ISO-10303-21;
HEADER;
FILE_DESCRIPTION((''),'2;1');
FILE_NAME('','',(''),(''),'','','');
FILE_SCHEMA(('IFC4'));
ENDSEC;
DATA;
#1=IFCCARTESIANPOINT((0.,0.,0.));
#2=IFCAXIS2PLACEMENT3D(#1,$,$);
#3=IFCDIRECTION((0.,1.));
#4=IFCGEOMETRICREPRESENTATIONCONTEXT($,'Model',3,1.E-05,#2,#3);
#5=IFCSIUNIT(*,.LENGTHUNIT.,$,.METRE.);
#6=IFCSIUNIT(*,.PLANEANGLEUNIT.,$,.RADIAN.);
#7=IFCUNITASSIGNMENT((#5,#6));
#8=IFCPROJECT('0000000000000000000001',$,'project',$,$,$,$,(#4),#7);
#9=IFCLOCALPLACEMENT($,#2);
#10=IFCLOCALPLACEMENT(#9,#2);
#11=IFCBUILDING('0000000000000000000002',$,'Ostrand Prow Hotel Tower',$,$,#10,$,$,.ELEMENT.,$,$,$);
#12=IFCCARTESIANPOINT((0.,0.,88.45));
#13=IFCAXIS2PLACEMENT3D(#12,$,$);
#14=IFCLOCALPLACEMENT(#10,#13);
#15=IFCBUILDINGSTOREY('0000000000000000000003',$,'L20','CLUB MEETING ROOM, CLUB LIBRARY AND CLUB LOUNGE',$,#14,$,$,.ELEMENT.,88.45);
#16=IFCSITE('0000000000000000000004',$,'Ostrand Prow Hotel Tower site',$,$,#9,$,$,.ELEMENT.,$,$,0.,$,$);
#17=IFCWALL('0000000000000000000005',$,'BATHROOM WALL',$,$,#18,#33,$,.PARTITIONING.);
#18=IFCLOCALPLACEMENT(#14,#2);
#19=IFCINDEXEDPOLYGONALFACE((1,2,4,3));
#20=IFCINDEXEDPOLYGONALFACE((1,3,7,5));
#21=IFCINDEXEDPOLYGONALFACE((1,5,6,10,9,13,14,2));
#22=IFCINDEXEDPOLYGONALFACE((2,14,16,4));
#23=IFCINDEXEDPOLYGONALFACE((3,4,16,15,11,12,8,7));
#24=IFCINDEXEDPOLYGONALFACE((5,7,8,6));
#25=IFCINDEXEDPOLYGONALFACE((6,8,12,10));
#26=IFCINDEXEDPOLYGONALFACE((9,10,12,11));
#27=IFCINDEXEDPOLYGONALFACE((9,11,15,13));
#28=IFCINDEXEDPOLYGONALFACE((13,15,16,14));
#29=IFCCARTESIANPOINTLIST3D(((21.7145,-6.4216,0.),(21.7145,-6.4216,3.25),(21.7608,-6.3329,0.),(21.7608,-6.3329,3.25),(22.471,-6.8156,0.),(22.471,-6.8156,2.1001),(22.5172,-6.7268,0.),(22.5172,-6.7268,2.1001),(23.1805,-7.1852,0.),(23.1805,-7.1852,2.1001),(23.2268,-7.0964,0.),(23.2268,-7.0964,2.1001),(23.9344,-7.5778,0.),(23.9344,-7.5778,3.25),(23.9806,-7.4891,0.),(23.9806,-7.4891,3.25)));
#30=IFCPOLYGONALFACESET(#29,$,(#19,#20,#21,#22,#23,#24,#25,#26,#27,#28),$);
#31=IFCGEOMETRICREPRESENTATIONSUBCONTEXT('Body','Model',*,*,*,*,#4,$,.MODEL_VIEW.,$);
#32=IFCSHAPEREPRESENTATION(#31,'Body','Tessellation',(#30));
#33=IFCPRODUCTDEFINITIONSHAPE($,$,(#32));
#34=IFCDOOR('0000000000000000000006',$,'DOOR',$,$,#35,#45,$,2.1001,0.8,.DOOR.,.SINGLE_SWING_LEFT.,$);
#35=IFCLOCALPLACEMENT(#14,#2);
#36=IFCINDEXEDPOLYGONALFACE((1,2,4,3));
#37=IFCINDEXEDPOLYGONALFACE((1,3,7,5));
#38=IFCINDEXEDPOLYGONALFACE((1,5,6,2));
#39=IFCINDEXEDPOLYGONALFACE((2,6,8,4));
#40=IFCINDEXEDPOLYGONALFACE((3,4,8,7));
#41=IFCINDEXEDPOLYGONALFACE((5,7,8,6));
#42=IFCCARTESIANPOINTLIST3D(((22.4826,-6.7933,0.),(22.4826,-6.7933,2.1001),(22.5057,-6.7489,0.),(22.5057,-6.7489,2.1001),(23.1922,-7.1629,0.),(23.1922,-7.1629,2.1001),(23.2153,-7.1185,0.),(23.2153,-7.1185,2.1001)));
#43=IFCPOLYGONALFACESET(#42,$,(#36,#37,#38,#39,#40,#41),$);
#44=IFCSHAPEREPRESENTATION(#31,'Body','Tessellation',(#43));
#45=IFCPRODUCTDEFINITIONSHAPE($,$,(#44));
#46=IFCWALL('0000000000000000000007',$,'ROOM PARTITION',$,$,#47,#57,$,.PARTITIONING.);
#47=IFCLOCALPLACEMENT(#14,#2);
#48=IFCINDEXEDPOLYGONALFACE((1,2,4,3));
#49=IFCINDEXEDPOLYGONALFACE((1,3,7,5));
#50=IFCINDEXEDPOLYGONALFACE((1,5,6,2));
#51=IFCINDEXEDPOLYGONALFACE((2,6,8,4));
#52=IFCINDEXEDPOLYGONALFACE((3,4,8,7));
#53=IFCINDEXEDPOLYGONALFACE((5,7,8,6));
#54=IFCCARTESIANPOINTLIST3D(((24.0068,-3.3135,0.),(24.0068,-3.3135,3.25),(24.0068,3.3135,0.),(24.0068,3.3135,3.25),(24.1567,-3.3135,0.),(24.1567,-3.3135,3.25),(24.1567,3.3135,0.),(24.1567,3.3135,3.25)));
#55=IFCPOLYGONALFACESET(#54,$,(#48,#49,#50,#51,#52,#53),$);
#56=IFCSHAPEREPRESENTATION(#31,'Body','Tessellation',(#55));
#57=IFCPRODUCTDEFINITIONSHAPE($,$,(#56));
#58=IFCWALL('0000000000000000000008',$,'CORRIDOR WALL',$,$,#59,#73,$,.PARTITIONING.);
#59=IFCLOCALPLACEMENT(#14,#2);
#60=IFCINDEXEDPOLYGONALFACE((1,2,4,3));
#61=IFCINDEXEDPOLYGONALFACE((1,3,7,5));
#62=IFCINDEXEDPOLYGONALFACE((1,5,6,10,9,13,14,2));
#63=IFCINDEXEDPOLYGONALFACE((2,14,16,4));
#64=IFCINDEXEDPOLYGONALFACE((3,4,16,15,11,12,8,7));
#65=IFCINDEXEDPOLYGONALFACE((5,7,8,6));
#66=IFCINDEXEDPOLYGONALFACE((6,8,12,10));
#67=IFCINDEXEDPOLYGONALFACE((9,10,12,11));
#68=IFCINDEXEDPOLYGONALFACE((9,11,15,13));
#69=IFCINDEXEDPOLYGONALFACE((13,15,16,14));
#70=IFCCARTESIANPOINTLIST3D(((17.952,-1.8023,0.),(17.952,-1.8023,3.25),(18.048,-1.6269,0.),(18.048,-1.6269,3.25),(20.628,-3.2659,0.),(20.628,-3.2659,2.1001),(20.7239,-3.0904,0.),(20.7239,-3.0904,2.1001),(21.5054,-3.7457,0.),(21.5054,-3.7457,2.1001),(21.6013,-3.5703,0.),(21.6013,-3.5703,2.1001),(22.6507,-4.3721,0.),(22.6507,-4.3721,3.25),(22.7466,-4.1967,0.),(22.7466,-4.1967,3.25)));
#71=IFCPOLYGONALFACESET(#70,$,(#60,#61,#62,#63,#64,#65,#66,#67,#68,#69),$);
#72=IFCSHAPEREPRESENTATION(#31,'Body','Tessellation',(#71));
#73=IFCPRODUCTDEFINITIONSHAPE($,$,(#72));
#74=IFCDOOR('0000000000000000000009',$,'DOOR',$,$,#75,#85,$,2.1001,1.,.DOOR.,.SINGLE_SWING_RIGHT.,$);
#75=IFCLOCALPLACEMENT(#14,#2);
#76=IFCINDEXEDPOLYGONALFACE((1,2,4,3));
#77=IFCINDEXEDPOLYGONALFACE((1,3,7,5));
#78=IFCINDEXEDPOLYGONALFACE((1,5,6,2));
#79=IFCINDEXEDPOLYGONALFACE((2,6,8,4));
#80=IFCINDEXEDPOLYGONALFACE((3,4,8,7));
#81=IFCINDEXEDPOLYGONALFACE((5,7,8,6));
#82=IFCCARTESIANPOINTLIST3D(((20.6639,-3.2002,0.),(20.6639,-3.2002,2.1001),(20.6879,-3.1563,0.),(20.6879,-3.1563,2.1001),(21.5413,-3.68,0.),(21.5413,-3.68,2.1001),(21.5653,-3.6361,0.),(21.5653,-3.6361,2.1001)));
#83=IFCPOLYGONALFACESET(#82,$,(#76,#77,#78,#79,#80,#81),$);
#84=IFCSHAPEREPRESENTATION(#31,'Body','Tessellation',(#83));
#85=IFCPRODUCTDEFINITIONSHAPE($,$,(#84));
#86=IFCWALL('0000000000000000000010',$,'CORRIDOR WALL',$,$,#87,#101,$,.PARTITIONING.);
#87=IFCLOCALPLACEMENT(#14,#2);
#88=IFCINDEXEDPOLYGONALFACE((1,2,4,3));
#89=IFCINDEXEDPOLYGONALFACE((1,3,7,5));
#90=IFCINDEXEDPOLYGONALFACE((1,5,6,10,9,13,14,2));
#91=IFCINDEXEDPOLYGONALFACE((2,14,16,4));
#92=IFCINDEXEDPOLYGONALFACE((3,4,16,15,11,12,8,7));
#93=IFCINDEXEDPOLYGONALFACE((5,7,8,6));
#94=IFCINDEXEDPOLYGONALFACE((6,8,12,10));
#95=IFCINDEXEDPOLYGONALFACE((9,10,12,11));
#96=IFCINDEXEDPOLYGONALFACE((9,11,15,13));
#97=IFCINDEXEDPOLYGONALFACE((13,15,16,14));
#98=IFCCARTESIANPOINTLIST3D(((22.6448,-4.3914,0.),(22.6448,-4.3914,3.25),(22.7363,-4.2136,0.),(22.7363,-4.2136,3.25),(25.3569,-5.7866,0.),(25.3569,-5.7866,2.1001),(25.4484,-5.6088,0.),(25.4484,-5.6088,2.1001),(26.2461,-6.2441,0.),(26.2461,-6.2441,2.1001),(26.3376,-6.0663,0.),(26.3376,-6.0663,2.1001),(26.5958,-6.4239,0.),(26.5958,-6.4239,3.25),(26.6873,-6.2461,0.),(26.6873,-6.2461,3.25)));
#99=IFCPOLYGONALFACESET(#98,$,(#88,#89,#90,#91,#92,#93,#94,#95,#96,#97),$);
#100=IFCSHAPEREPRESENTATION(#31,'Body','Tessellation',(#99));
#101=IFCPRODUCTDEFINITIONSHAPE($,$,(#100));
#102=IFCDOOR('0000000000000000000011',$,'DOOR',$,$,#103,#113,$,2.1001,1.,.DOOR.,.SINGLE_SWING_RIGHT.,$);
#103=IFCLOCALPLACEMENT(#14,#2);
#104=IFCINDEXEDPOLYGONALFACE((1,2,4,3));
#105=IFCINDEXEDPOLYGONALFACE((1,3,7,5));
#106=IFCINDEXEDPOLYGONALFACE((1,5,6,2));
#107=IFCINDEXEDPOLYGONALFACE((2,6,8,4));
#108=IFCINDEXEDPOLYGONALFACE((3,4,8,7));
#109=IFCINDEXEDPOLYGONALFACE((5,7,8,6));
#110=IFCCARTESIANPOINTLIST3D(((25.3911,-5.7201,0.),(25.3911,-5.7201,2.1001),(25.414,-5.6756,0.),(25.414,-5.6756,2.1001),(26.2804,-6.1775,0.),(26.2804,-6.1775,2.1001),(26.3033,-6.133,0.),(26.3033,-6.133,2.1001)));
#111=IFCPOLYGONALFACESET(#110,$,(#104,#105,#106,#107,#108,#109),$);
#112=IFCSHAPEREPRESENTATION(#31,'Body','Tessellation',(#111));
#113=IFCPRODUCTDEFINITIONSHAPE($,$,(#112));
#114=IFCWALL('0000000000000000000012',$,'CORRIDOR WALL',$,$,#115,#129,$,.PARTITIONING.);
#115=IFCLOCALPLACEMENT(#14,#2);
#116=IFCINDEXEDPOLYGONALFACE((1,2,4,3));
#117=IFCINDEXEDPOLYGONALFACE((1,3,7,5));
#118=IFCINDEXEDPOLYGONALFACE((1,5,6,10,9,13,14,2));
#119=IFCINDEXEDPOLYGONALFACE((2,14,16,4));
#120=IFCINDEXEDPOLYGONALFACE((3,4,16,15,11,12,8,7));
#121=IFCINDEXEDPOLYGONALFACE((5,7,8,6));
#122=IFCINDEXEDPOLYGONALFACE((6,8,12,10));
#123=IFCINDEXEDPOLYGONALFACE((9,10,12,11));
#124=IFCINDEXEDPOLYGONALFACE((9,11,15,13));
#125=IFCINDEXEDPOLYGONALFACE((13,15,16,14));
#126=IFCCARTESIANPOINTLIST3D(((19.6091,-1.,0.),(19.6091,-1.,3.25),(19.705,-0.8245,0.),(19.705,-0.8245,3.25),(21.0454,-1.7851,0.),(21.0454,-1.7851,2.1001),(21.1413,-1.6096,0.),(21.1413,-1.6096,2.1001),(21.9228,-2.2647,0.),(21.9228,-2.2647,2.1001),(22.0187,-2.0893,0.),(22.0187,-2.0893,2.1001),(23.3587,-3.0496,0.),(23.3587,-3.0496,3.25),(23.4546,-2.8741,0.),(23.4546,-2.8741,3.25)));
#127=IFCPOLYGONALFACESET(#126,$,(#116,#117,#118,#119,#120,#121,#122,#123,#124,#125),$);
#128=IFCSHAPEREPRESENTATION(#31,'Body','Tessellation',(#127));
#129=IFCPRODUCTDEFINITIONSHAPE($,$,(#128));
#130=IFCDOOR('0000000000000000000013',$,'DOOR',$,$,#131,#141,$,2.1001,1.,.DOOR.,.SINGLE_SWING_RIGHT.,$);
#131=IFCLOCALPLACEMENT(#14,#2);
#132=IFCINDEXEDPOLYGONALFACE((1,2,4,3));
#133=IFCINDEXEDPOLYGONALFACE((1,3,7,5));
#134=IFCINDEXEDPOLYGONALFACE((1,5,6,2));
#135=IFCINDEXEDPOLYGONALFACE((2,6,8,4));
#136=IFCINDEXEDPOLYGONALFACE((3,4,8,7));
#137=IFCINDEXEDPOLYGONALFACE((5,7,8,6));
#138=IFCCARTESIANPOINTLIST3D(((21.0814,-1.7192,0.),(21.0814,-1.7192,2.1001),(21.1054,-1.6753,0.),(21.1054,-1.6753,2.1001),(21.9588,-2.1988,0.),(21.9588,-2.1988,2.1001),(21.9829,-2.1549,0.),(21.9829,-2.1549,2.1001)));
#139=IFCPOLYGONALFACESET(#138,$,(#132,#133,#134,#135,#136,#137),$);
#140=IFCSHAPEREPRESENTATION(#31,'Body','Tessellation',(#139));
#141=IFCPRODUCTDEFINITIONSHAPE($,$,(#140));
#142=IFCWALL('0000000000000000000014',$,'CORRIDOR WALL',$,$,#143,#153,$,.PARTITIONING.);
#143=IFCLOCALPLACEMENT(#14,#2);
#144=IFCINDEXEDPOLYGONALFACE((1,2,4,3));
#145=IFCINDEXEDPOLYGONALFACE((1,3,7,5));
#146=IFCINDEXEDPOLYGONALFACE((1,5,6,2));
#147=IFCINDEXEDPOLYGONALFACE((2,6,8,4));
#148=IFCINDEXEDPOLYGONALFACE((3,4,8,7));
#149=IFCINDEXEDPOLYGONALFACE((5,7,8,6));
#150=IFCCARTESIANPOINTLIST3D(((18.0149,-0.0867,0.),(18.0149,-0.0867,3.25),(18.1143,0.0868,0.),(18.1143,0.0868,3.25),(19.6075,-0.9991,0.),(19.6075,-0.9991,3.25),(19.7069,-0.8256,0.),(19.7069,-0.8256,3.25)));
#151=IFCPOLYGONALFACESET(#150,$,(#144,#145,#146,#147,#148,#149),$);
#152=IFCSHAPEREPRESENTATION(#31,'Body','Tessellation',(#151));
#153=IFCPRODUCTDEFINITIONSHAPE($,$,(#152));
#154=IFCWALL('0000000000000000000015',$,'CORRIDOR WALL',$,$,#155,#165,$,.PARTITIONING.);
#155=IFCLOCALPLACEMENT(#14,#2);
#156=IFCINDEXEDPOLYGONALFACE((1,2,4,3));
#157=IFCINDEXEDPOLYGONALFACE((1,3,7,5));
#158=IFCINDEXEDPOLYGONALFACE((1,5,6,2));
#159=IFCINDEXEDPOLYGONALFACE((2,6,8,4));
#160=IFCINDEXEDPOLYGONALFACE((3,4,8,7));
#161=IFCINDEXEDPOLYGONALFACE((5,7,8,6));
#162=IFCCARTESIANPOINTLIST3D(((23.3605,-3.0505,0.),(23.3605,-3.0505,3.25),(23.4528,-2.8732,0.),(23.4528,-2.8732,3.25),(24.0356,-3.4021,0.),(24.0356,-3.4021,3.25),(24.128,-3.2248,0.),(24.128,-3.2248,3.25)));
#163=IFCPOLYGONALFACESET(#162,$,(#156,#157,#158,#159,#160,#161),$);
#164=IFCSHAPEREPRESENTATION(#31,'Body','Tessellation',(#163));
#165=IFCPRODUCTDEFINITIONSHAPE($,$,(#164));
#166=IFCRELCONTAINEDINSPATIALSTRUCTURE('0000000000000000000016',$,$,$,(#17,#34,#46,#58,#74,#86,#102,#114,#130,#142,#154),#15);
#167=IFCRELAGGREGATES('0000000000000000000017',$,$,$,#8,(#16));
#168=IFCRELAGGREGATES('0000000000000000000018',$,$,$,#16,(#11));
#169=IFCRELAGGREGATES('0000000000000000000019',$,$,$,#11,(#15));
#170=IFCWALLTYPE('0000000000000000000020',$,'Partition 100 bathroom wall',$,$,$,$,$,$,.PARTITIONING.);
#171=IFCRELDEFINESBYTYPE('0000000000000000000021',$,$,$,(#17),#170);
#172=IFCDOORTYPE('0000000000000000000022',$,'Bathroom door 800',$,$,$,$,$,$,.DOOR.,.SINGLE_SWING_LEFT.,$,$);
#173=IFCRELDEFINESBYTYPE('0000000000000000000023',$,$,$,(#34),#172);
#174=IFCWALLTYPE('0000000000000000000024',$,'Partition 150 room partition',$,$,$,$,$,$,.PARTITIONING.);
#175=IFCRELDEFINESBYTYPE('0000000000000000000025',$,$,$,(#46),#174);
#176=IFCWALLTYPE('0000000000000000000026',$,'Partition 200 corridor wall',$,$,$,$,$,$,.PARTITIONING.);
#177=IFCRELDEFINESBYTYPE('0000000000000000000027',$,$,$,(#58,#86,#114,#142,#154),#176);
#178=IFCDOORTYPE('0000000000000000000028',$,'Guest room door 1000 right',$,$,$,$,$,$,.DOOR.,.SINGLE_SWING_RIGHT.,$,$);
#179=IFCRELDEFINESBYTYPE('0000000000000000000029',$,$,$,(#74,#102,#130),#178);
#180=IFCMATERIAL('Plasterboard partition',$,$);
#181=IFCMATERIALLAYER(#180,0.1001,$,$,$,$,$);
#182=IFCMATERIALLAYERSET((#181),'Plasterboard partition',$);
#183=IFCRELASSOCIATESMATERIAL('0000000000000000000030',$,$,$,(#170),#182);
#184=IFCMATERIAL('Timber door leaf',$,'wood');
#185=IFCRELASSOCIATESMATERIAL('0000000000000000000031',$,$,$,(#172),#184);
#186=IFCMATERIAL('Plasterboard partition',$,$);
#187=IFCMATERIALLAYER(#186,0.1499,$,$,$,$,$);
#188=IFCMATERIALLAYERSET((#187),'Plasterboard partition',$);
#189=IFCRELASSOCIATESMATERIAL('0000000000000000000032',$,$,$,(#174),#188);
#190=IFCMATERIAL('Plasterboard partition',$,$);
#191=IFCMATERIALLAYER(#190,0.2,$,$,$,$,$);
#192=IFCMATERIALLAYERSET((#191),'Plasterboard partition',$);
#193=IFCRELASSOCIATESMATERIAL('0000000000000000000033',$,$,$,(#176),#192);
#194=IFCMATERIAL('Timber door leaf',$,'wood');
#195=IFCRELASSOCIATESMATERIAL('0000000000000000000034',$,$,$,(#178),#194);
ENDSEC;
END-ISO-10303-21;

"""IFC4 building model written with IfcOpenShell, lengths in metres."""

from ifc_helpers import new_model, si_unit, direction, frame, frame_2d, origin, place, context, subcontext, project, spatial, rectangle, extrude, material, layer, layer_set, type_object, element, fill, save


model = new_model("IFC4")

# Units and contexts
model_context = context("Model", 3, precision=1e-05, world=origin(), true_north=direction((0.0, 1.0)))
body_context = subcontext(model_context, "Body", "Model", "MODEL_VIEW")
ifc_project = project(units=[si_unit("LENGTHUNIT", "METRE"), si_unit("PLANEANGLEUNIT", "RADIAN")], contexts=[model_context])

# Site, building, storey
site_placement = place(None, origin())
site = spatial("IfcSite", under=ifc_project, at=site_placement, Name="Ostrand Prow Hotel Tower site", CompositionType="ELEMENT", RefElevation=0.0)
building_placement = place(site_placement, origin())
building = spatial("IfcBuilding", under=site, at=building_placement, Name="Ostrand Prow Hotel Tower", CompositionType="ELEMENT")
storey_placement = place(building_placement, frame((0.0, 0.0, 88.45)))
storey = spatial("IfcBuildingStorey", under=building, at=storey_placement, Name="L20", Description="CLUB MEETING ROOM, CLUB LIBRARY AND CLUB LOUNGE", CompositionType="ELEMENT", Elevation=88.45)

# Shared definitions
ifc_material_1 = material(Name="Plasterboard partition")
ifc_layer_1 = layer(ifc_material_1, 0.1001)
ifc_layer_set_1 = layer_set([ifc_layer_1], Name="Plasterboard partition")
wall_type_1 = type_object("IfcWallType", Name="Partition 100 bathroom wall", PredefinedType="PARTITIONING", material=ifc_layer_set_1)
ifc_material_2 = material(Name="Timber door leaf", Category="wood")
door_type_1 = type_object("IfcDoorType", Name="Bathroom door 800", OperationType="SINGLE_SWING_LEFT", PredefinedType="DOOR", material=ifc_material_2)

# Wall, opening, door
wall_1_placement = place(storey_placement, frame((23.9575, -7.5334, 0.0), z_axis=(0.0, 0.0, 1.0), x_axis=(-0.886912, 0.461939, 0.0)))
wall_1 = element("IfcWall", 1, at=wall_1_placement, inside=storey, type_object=wall_type_1, Name="BATHROOM WALL", PredefinedType="PARTITIONING", context=body_context, shape_type="SweptSolid", body=[
    extrude(rectangle(XDim=2.5029, YDim=0.1001, at=frame_2d((1.2515, 0.0))), origin(), (0.0, 0.0, 1.0), 3.25),
])
opening_1_placement = place(wall_1_placement, frame((0.8501, 0.0, 0.0)))
opening_1 = element("IfcOpeningElement", 2, at=opening_1_placement, cuts=wall_1, PredefinedType="OPENING", context=body_context, shape_type="SweptSolid", body=[
    extrude(rectangle(XDim=0.8, YDim=2.1001, at=frame_2d((0.3999, 1.05))), frame((0.0, 0.0601, 0.0), z_axis=(0.0, -1.0, 0.0), x_axis=(1.0, 0.0, 0.0)), (0.0, 0.0, 1.0), 0.1201),
])
door_1_placement = place(opening_1_placement, origin())
door_1 = element("IfcDoor", 3, at=door_1_placement, inside=storey, type_object=door_type_1, Name="DOOR", OperationType="SINGLE_SWING_LEFT", OverallHeight=2.1001, OverallWidth=0.8, PredefinedType="DOOR", context=body_context, shape_type="SweptSolid", body=[
    extrude(rectangle(XDim=0.8, YDim=2.1001, at=frame_2d((0.3999, 1.05))), frame((0.0, 0.0249, 0.0), z_axis=(0.0, -1.0, 0.0), x_axis=(1.0, 0.0, 0.0)), (0.0, 0.0, 1.0), 0.05),
])
fill(opening_1, door_1)

# Wall
ifc_material_3 = material(Name="Plasterboard partition")
ifc_layer_2 = layer(ifc_material_3, 0.1499)
ifc_layer_set_2 = layer_set([ifc_layer_2], Name="Plasterboard partition")
wall_type_2 = type_object("IfcWallType", Name="Partition 150 room partition", PredefinedType="PARTITIONING", material=ifc_layer_set_2)
wall_2_placement = place(storey_placement, frame((24.0818, -3.3135, 0.0), z_axis=(0.0, 0.0, 1.0), x_axis=(0.0, 1.0, 0.0)))
element("IfcWall", 4, at=wall_2_placement, inside=storey, type_object=wall_type_2, Name="ROOM PARTITION", PredefinedType="PARTITIONING", context=body_context, shape_type="SweptSolid", body=[
    extrude(rectangle(XDim=6.627, YDim=0.1499, at=frame_2d((3.3135, 0.0))), origin(), (0.0, 0.0, 1.0), 3.25),
])

# Walls, openings, doors
ifc_material_4 = material(Name="Plasterboard partition")
ifc_layer_3 = layer(ifc_material_4, 0.2)
ifc_layer_set_3 = layer_set([ifc_layer_3], Name="Plasterboard partition")
wall_type_3 = type_object("IfcWallType", Name="Partition 200 corridor wall", PredefinedType="PARTITIONING", material=ifc_layer_set_3)
wall_3_placement = place(storey_placement, frame((18.0, -1.7146, 0.0), z_axis=(0.0, 0.0, 1.0), x_axis=(0.877355, -0.479842, 0.0)))
wall_3 = element("IfcWall", 5, at=wall_3_placement, inside=storey, type_object=wall_type_3, Name="CORRIDOR WALL", PredefinedType="PARTITIONING", context=body_context, shape_type="SweptSolid", body=[
    extrude(rectangle(XDim=5.3555, YDim=0.2, at=frame_2d((2.6777, 0.0))), origin(), (0.0, 0.0, 1.0), 3.25),
])
opening_2_placement = place(wall_3_placement, frame((3.05, 0.0, 0.0)))
opening_2 = element("IfcOpeningElement", 6, at=opening_2_placement, cuts=wall_3, PredefinedType="OPENING", context=body_context, shape_type="SweptSolid", body=[
    extrude(rectangle(XDim=1.0, YDim=2.1001, at=frame_2d((0.5, 1.05))), frame((0.0, 0.1099, 0.0), z_axis=(0.0, -1.0, 0.0), x_axis=(1.0, 0.0, 0.0)), (0.0, 0.0, 1.0), 0.22),
])
ifc_material_5 = material(Name="Timber door leaf", Category="wood")
door_type_2 = type_object("IfcDoorType", Name="Guest room door 1000 right", OperationType="SINGLE_SWING_RIGHT", PredefinedType="DOOR", material=ifc_material_5)
door_2_placement = place(opening_2_placement, origin())
door_2 = element("IfcDoor", 7, at=door_2_placement, inside=storey, type_object=door_type_2, Name="DOOR", OperationType="SINGLE_SWING_RIGHT", OverallHeight=2.1001, OverallWidth=1.0, PredefinedType="DOOR", context=body_context, shape_type="SweptSolid", body=[
    extrude(rectangle(XDim=1.0, YDim=2.1001, at=frame_2d((0.5, 1.05))), frame((0.0, 0.0249, 0.0), z_axis=(0.0, -1.0, 0.0), x_axis=(1.0, 0.0, 0.0)), (0.0, 0.0, 1.0), 0.05),
])
fill(opening_2, door_2)
wall_4_placement = place(storey_placement, frame((22.6904, -4.3025, 0.0), z_axis=(0.0, 0.0, 1.0), x_axis=(0.889236, -0.457449, 0.0)))
wall_4 = element("IfcWall", 8, at=wall_4_placement, inside=storey, type_object=wall_type_3, Name="CORRIDOR WALL", PredefinedType="PARTITIONING", context=body_context, shape_type="SweptSolid", body=[
    extrude(rectangle(XDim=4.4431, YDim=0.2, at=frame_2d((2.2217, 0.0))), origin(), (0.0, 0.0, 1.0), 3.25),
])
opening_3_placement = place(wall_4_placement, frame((3.05, 0.0, 0.0)))
opening_3 = element("IfcOpeningElement", 9, at=opening_3_placement, cuts=wall_4, PredefinedType="OPENING", context=body_context, shape_type="SweptSolid", body=[
    extrude(rectangle(XDim=1.0, YDim=2.1001, at=frame_2d((0.5, 1.05))), frame((0.0, 0.1099, 0.0), z_axis=(0.0, -1.0, 0.0), x_axis=(1.0, 0.0, 0.0)), (0.0, 0.0, 1.0), 0.22),
])
door_3_placement = place(opening_3_placement, origin())
door_3 = element("IfcDoor", 10, at=door_3_placement, inside=storey, type_object=door_type_2, Name="DOOR", OperationType="SINGLE_SWING_RIGHT", OverallHeight=2.1001, OverallWidth=1.0, PredefinedType="DOOR", context=body_context, shape_type="SweptSolid", body=[
    extrude(rectangle(XDim=1.0, YDim=2.1001, at=frame_2d((0.5, 1.05))), frame((0.0, 0.0249, 0.0), z_axis=(0.0, -1.0, 0.0), x_axis=(1.0, 0.0, 0.0)), (0.0, 0.0, 1.0), 0.05),
])
fill(opening_3, door_3)
wall_5_placement = place(storey_placement, frame((23.4067, -2.9619, 0.0), z_axis=(0.0, 0.0, 1.0), x_axis=(-0.877465, 0.479641, 0.0)))
wall_5 = element("IfcWall", 11, at=wall_5_placement, inside=storey, type_object=wall_type_3, Name="CORRIDOR WALL", PredefinedType="PARTITIONING", context=body_context, shape_type="SweptSolid", body=[
    extrude(rectangle(XDim=4.2732, YDim=0.2, at=frame_2d((2.1367, 0.0))), origin(), (0.0, 0.0, 1.0), 3.25),
])
opening_4_placement = place(wall_5_placement, frame((1.6365, 0.0, 0.0)))
opening_4 = element("IfcOpeningElement", 12, at=opening_4_placement, cuts=wall_5, PredefinedType="OPENING", context=body_context, shape_type="SweptSolid", body=[
    extrude(rectangle(XDim=1.0, YDim=2.1001, at=frame_2d((0.5, 1.05))), frame((0.0, 0.1099, 0.0), z_axis=(0.0, -1.0, 0.0), x_axis=(1.0, 0.0, 0.0)), (0.0, 0.0, 1.0), 0.22),
])
door_4_placement = place(opening_4_placement, origin())
door_4 = element("IfcDoor", 13, at=door_4_placement, inside=storey, type_object=door_type_2, Name="DOOR", OperationType="SINGLE_SWING_RIGHT", OverallHeight=2.1001, OverallWidth=1.0, PredefinedType="DOOR", context=body_context, shape_type="SweptSolid", body=[
    extrude(rectangle(XDim=1.0, YDim=2.1001, at=frame_2d((0.5, 1.05))), frame((0.0, 0.0249, 0.0), z_axis=(0.0, -1.0, 0.0), x_axis=(1.0, 0.0, 0.0)), (0.0, 0.0, 1.0), 0.05),
])
fill(opening_4, door_4)

# Walls
wall_6_placement = place(storey_placement, frame((19.6572, -0.9124, 0.0), z_axis=(0.0, 0.0, 1.0), x_axis=(-0.867694, 0.497098, 0.0)))
element("IfcWall", 14, at=wall_6_placement, inside=storey, type_object=wall_type_3, Name="CORRIDOR WALL", PredefinedType="PARTITIONING", context=body_context, shape_type="SweptSolid", body=[
    extrude(rectangle(XDim=1.8354, YDim=0.2, at=frame_2d((0.9177, 0.0))), origin(), (0.0, 0.0, 1.0), 3.25),
])
wall_7_placement = place(storey_placement, frame((24.0818, -3.3135, 0.0), z_axis=(0.0, 0.0, 1.0), x_axis=(-0.886928, 0.461908, 0.0)))
element("IfcWall", 15, at=wall_7_placement, inside=storey, type_object=wall_type_3, Name="CORRIDOR WALL", PredefinedType="PARTITIONING", context=body_context, shape_type="SweptSolid", body=[
    extrude(rectangle(XDim=0.7612, YDim=0.2, at=frame_2d((0.3806, 0.0))), origin(), (0.0, 0.0, 1.0), 3.25),
])

save(model, "model.ifc")
